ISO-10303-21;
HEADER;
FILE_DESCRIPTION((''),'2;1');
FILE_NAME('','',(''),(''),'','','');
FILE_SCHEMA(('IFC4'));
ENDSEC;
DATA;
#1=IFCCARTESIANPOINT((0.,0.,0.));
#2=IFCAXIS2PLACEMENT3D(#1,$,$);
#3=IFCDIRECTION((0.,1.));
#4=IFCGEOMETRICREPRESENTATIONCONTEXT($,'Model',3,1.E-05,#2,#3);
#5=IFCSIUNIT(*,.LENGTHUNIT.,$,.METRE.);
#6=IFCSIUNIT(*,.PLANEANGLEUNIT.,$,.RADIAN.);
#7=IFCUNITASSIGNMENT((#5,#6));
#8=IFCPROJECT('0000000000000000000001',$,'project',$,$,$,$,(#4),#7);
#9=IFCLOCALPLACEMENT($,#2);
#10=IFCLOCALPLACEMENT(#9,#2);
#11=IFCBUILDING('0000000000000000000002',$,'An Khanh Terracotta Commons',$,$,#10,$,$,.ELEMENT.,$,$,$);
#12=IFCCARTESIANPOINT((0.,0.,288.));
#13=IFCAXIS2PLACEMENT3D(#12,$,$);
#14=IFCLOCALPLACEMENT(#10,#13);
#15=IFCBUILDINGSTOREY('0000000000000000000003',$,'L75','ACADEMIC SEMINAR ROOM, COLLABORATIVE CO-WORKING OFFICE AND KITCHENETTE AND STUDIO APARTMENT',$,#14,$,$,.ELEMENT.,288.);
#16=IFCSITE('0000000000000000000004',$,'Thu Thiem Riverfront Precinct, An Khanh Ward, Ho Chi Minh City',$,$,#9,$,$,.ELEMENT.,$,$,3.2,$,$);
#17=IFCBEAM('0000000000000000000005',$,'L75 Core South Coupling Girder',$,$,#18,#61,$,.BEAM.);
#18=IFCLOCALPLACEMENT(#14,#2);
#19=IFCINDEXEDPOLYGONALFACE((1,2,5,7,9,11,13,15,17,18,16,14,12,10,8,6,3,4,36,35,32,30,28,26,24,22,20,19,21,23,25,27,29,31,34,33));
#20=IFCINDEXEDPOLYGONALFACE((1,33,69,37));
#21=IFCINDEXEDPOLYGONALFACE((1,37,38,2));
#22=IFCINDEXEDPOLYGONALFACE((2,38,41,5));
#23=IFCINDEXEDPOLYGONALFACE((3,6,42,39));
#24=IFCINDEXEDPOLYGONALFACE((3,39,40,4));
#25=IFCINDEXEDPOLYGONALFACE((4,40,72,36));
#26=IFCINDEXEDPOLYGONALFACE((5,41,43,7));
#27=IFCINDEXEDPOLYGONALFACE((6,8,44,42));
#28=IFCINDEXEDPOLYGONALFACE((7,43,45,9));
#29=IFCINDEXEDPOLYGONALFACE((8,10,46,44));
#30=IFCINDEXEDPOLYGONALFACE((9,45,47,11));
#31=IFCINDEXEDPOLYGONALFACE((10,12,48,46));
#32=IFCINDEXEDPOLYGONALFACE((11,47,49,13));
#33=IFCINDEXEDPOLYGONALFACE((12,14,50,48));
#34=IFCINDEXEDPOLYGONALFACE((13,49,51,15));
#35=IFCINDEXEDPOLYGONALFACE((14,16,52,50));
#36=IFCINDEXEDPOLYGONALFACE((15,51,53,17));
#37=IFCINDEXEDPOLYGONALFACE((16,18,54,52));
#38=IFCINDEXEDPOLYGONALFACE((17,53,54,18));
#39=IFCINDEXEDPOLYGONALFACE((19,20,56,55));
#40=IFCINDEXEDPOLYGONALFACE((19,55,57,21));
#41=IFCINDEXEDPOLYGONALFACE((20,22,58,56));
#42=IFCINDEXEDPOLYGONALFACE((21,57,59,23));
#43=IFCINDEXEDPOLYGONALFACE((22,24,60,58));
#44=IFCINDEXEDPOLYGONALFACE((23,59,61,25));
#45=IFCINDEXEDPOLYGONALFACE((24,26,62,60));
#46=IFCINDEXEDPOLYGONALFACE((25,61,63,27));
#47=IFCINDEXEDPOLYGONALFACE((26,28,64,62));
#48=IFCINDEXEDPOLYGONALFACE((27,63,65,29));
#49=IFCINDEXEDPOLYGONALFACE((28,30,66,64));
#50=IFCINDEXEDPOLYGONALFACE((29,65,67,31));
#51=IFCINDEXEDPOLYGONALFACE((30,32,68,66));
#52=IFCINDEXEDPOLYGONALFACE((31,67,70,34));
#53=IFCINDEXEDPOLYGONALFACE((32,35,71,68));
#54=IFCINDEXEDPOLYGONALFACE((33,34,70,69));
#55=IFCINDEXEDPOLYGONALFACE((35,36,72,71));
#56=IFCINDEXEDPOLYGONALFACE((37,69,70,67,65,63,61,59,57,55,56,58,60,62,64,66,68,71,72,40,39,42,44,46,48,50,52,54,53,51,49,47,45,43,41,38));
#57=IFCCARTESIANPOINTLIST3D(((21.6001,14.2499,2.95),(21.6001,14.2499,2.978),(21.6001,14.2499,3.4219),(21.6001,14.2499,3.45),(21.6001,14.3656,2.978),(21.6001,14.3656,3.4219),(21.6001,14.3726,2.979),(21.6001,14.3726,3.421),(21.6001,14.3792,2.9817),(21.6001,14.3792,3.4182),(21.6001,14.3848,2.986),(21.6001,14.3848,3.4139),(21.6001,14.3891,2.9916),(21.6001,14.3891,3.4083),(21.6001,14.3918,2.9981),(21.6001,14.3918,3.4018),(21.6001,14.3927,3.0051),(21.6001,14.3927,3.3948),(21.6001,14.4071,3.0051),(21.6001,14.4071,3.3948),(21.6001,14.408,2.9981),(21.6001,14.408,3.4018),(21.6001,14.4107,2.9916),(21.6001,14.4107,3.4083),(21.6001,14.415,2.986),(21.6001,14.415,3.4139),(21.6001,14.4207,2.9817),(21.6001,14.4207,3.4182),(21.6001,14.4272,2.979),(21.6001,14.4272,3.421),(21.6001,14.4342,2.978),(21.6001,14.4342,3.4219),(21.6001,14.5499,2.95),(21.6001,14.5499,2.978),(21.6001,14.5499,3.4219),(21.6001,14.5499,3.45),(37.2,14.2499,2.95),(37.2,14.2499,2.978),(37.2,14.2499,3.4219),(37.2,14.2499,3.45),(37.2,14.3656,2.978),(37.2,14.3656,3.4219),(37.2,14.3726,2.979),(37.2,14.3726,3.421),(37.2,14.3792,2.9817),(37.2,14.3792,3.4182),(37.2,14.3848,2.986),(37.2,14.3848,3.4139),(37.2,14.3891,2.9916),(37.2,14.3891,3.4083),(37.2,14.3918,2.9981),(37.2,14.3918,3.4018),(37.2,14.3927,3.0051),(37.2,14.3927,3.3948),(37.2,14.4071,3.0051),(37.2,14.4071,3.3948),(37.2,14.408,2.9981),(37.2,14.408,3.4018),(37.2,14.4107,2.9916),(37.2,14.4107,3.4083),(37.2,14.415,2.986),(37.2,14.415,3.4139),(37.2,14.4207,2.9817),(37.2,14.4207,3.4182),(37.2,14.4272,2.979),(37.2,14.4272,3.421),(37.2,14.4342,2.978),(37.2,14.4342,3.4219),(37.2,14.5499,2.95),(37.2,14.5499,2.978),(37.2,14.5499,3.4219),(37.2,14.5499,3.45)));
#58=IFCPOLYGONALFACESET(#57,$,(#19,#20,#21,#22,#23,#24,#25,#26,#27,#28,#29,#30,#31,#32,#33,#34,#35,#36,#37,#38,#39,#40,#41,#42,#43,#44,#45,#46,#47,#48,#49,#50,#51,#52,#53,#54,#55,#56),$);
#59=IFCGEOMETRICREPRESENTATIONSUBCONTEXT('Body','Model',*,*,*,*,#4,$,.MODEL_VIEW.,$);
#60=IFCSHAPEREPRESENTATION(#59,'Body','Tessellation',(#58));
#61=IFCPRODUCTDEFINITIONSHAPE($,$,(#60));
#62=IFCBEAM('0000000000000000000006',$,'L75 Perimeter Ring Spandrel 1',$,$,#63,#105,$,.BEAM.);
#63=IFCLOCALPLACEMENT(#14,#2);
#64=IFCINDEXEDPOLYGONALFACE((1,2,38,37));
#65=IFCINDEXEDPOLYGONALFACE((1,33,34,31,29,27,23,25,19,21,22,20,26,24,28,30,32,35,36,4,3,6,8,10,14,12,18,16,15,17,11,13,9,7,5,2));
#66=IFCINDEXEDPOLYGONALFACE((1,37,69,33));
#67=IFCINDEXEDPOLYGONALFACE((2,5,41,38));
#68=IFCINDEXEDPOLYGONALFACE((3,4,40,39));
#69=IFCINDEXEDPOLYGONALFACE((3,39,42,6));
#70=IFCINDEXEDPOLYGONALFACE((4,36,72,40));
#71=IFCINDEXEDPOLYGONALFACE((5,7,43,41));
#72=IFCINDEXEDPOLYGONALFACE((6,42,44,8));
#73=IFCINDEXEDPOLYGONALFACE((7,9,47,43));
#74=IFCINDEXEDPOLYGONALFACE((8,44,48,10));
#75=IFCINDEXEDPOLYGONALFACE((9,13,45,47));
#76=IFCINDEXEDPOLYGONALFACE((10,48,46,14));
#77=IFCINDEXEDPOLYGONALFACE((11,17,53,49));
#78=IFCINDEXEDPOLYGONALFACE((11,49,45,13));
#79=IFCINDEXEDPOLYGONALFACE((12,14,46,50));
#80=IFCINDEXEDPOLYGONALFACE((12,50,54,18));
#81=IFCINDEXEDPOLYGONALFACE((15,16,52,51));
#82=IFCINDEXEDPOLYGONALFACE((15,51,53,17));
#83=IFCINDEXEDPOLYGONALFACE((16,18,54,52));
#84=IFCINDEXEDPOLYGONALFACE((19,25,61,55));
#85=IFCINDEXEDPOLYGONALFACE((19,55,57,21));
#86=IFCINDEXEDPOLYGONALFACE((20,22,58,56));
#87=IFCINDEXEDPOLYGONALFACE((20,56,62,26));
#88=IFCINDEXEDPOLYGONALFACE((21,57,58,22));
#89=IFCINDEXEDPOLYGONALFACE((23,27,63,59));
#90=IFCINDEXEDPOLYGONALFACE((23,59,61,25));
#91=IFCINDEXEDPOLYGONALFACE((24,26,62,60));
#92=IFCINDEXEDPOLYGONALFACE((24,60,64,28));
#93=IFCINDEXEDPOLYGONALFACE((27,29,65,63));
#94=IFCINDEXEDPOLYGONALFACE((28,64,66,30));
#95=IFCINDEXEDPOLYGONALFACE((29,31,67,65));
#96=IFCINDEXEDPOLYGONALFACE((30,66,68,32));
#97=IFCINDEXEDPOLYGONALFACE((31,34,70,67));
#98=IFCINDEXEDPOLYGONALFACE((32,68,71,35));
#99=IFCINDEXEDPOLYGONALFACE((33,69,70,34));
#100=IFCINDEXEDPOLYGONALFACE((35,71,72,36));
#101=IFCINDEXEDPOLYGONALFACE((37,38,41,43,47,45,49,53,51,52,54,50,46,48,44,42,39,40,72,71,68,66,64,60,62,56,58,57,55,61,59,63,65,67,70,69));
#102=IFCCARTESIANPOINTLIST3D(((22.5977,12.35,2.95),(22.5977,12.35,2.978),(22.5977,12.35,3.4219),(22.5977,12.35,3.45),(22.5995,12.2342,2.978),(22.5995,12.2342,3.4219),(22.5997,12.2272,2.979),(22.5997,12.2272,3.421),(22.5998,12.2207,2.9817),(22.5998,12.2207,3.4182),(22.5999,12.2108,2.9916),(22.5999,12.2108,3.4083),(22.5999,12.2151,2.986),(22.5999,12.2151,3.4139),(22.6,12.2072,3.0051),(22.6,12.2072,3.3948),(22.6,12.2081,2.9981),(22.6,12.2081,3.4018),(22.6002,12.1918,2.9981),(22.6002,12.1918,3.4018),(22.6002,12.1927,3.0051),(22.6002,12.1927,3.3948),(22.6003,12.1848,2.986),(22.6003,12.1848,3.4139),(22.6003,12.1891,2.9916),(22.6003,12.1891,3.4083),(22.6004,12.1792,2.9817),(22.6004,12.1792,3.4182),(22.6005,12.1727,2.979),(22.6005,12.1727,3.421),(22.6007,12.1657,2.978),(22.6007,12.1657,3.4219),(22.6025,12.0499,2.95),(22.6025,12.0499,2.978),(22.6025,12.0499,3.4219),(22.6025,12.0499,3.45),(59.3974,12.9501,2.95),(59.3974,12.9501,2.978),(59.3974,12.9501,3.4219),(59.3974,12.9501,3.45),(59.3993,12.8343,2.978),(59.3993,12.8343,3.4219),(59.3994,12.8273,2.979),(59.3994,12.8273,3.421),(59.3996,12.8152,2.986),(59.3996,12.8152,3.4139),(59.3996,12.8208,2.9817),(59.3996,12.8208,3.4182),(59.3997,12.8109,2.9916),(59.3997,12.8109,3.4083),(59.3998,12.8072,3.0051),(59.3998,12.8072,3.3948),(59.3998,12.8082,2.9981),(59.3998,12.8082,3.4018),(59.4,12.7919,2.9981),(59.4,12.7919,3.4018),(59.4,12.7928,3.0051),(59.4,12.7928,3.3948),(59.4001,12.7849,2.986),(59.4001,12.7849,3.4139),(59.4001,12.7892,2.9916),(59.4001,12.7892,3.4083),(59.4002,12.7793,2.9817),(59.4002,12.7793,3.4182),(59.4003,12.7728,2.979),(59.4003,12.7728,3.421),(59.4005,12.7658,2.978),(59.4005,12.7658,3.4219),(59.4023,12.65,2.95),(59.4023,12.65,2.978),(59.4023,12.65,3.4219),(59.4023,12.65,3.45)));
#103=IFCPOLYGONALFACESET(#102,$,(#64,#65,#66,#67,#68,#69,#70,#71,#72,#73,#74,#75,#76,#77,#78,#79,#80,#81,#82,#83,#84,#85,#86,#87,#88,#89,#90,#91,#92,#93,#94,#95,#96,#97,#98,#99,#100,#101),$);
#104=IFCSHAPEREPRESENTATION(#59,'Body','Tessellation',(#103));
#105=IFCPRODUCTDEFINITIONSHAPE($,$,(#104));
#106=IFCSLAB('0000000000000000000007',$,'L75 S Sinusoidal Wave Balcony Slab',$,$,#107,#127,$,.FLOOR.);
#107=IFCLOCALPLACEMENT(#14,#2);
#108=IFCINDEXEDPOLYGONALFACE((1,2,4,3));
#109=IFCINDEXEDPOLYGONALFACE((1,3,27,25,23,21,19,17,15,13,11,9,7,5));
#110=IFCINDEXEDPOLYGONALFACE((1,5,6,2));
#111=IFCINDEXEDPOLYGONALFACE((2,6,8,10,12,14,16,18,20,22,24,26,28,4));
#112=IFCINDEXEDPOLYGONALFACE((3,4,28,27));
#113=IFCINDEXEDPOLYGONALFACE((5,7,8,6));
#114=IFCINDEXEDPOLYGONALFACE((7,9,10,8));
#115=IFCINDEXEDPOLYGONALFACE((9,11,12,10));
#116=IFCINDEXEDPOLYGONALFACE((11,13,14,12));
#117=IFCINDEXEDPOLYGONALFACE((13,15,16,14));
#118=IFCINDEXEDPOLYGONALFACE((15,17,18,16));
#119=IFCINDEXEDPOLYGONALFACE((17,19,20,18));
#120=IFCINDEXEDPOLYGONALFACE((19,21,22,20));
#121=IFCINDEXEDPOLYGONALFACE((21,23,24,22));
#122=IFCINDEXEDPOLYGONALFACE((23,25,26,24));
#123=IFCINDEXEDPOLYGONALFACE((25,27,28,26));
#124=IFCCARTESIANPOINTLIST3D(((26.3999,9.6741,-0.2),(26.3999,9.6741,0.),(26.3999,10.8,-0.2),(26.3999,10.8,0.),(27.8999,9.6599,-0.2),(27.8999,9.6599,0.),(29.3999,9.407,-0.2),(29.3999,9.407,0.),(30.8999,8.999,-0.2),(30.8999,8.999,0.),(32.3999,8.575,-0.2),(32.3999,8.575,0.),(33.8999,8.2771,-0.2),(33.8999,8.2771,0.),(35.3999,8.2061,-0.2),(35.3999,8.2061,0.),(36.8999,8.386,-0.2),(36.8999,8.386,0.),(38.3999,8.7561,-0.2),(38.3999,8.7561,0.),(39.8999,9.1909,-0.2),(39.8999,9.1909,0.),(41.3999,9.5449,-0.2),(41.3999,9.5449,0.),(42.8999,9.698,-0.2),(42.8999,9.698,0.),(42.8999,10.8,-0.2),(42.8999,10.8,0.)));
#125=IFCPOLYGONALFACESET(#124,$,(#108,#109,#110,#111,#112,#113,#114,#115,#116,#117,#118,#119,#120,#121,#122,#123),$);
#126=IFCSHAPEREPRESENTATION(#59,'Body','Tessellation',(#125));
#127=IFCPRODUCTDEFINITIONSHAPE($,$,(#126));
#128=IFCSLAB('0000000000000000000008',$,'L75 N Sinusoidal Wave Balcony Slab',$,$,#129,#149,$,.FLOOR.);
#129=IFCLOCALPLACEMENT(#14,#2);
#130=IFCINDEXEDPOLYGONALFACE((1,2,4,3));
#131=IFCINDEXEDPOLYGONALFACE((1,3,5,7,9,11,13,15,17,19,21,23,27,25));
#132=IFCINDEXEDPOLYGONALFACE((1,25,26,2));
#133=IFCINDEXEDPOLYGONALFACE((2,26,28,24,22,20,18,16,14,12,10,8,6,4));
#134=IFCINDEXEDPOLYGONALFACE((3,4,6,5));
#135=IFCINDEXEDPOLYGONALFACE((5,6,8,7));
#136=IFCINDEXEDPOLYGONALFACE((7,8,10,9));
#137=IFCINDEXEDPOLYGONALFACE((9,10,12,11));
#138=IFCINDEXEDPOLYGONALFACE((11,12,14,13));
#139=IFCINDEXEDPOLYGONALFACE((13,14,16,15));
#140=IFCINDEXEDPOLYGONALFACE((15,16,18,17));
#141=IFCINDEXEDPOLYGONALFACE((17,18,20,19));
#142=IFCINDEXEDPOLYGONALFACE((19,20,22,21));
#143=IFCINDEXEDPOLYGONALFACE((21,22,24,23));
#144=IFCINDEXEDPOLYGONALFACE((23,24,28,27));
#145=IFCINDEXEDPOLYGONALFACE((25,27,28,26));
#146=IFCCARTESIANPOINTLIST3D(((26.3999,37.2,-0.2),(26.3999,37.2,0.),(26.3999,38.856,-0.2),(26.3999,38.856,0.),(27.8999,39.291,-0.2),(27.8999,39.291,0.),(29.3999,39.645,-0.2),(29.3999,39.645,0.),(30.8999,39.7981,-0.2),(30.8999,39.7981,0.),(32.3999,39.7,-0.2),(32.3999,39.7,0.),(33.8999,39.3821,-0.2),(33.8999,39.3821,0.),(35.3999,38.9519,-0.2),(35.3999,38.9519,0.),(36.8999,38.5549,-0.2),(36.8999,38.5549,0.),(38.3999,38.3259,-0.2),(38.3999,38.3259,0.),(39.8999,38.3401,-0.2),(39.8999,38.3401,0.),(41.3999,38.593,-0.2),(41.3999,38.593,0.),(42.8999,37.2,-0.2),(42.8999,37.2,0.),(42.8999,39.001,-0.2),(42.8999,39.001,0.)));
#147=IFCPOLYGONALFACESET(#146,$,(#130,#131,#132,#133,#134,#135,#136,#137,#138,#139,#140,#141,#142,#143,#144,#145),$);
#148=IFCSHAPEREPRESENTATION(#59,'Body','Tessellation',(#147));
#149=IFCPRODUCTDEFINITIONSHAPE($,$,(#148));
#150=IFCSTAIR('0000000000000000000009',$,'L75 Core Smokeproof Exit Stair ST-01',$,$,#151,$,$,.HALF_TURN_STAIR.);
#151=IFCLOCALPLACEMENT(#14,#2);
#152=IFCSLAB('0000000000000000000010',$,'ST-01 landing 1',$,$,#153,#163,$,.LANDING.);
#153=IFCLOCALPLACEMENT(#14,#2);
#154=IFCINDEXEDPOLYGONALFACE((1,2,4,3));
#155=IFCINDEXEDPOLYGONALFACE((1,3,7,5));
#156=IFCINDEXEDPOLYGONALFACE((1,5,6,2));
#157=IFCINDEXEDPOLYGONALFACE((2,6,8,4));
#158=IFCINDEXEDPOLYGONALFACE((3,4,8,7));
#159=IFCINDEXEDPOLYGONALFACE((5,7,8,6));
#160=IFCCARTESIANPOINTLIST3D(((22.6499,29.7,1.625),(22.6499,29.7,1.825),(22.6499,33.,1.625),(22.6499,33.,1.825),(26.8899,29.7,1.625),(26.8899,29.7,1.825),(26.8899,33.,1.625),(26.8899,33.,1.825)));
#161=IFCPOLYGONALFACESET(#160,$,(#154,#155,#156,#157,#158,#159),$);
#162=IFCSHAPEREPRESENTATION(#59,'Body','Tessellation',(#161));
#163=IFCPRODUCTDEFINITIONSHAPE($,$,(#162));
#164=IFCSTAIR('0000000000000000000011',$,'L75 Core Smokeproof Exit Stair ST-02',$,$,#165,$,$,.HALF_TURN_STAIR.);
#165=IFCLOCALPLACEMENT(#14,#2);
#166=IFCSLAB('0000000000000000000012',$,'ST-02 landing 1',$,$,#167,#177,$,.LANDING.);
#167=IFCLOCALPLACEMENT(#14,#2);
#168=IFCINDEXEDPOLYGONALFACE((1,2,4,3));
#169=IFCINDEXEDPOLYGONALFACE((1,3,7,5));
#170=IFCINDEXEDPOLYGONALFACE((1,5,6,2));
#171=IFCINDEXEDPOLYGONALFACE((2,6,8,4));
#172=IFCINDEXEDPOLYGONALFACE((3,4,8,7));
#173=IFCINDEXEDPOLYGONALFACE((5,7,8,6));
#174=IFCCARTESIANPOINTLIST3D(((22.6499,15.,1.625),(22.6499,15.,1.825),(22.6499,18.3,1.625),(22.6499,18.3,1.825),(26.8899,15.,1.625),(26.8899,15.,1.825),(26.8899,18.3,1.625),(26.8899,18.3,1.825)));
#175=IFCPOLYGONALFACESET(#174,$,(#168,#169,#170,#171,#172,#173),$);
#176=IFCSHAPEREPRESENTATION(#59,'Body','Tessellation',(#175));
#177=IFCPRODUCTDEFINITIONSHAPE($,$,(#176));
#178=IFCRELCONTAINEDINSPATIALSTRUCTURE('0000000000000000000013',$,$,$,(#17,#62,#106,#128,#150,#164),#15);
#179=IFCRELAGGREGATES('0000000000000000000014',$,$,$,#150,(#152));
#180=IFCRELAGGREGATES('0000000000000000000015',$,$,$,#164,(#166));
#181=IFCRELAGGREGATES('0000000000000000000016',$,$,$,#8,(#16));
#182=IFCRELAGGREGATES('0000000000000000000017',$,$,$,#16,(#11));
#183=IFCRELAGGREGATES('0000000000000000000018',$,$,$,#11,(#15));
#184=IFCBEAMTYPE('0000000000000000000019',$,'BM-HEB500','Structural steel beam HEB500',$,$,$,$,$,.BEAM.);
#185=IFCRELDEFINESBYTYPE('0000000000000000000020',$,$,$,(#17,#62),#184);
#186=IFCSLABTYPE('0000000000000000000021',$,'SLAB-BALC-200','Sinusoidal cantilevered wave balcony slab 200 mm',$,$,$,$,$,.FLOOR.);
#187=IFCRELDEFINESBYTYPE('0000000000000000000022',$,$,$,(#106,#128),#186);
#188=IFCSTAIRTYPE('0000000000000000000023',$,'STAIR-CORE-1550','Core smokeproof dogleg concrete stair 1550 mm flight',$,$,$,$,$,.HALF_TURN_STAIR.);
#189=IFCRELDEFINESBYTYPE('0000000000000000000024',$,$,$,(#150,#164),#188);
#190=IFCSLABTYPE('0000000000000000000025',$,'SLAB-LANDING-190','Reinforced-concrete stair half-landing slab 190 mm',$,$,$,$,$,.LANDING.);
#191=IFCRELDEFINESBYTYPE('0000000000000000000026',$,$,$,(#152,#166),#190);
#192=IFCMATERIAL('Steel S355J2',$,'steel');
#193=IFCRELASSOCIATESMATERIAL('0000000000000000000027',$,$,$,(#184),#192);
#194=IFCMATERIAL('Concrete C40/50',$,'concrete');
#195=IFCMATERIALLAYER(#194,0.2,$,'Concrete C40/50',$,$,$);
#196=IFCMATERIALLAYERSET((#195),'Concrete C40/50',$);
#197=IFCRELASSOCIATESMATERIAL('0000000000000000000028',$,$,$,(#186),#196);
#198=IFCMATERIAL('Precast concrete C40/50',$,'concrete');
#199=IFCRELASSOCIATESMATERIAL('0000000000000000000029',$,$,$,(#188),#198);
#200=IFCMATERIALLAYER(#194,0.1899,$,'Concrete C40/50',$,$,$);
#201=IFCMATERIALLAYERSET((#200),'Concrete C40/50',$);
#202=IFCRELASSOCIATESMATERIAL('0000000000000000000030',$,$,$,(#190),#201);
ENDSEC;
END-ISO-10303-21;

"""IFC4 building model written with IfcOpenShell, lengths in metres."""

from ifc_helpers import new_model, si_unit, direction, frame, origin, origin_2d, place, context, subcontext, project, spatial, polyline, i_section, outline, extrude, material, layer, layer_set, material_profile, profile_set, type_object, element, aggregate, save


model = new_model("IFC4")

# Units and contexts
model_context = context("Model", 3, precision=1e-05, world=origin(), true_north=direction((0.0, 1.0)))
body_context = subcontext(model_context, "Body", "Model", "MODEL_VIEW")
ifc_project = project(units=[si_unit("LENGTHUNIT", "METRE"), si_unit("PLANEANGLEUNIT", "RADIAN")], contexts=[model_context])

# Site, building, storey
site_placement = place(None, origin())
site = spatial("IfcSite", under=ifc_project, at=site_placement, Name="Thu Thiem Riverfront Precinct, An Khanh Ward, Ho Chi Minh City", CompositionType="ELEMENT", RefElevation=3.2)
building_placement = place(site_placement, origin())
building = spatial("IfcBuilding", under=site, at=building_placement, Name="An Khanh Terracotta Commons", CompositionType="ELEMENT")
storey_placement = place(building_placement, frame((0.0, 0.0, 288.0)))
storey = spatial("IfcBuildingStorey", under=building, at=storey_placement, Name="L75", Description="ACADEMIC SEMINAR ROOM, COLLABORATIVE CO-WORKING OFFICE AND KITCHENETTE AND STUDIO APARTMENT", CompositionType="ELEMENT", Elevation=288.0)

# Beams
ifc_material_1 = material(Name="Steel S355J2", Category="steel")
ifc_material_profile_1 = material_profile(ifc_material_1, i_section(OverallWidth=0.3, OverallDepth=0.5, WebThickness=0.0144, FlangeThickness=0.0281, FilletRadius=0.0271, at=origin_2d()), Name="HEB500")
ifc_profile_set_1 = profile_set([ifc_material_profile_1], Name="Steel S355J2")
beam_type_1 = type_object("IfcBeamType", Name="BM-HEB500", Description="Structural steel beam HEB500", PredefinedType="BEAM", material=ifc_profile_set_1)
beam_1_placement = place(storey_placement, frame((21.6001, 14.3999, 3.2), z_axis=(1.0, 0.0, 0.0), x_axis=(0.0, 1.0, 0.0)))
element("IfcBeam", 1, at=beam_1_placement, inside=storey, type_object=beam_type_1, Name="L75 Core South Coupling Girder", PredefinedType="BEAM", context=body_context, shape_type="SweptSolid", body=[
    extrude(i_section(OverallWidth=0.3, OverallDepth=0.5, WebThickness=0.0144, FlangeThickness=0.0281, FilletRadius=0.0271, at=origin_2d()), origin(), (0.0, 0.0, 1.0), 15.5999),
])
beam_2_placement = place(storey_placement, frame((22.6001, 12.2, 3.2), z_axis=(0.999867, 0.016305, 0.0), x_axis=(-0.016305, 0.999867, 0.0)))
element("IfcBeam", 2, at=beam_2_placement, inside=storey, type_object=beam_type_1, Name="L75 Perimeter Ring Spandrel 1", PredefinedType="BEAM", context=body_context, shape_type="SweptSolid", body=[
    extrude(i_section(OverallWidth=0.3, OverallDepth=0.5, WebThickness=0.0144, FlangeThickness=0.0281, FilletRadius=0.0271, at=origin_2d()), origin(), (0.0, 0.0, 1.0), 36.8047),
])

# Slabs
ifc_material_2 = material(Name="Concrete C40/50", Category="concrete")
ifc_layer_1 = layer(ifc_material_2, 0.2, Name="Concrete C40/50")
ifc_layer_set_1 = layer_set([ifc_layer_1], Name="Concrete C40/50")
slab_type_1 = type_object("IfcSlabType", Name="SLAB-BALC-200", Description="Sinusoidal cantilevered wave balcony slab 200 mm", PredefinedType="FLOOR", material=ifc_layer_set_1)
slab_1_placement = place(storey_placement, frame((0.0, 0.0, -0.2)))
element("IfcSlab", 3, at=slab_1_placement, inside=storey, type_object=slab_type_1, Name="L75 S Sinusoidal Wave Balcony Slab", PredefinedType="FLOOR", context=body_context, shape_type="SweptSolid", body=[
    extrude(outline(polyline([(26.3999, 10.8), (26.3999, 9.6741), (27.8999, 9.6599), (29.3999, 9.407), (30.8999, 8.999), (32.3999, 8.575), (33.8999, 8.2771), (35.3999, 8.2061), (36.8999, 8.386), (38.3999, 8.7561), (39.8999, 9.1909), (41.3999, 9.5449), (42.8999, 9.698), (42.8999, 10.8), (26.3999, 10.8)])), origin(), (0.0, 0.0, 1.0), 0.2),
])
slab_2_placement = place(storey_placement, frame((0.0, 0.0, -0.2)))
element("IfcSlab", 4, at=slab_2_placement, inside=storey, type_object=slab_type_1, Name="L75 N Sinusoidal Wave Balcony Slab", PredefinedType="FLOOR", context=body_context, shape_type="SweptSolid", body=[
    extrude(outline(polyline([(42.8999, 37.2), (42.8999, 39.001), (41.3999, 38.593), (39.8999, 38.3401), (38.3999, 38.3259), (36.8999, 38.5549), (35.3999, 38.9519), (33.8999, 39.3821), (32.3999, 39.7), (30.8999, 39.7981), (29.3999, 39.645), (27.8999, 39.291), (26.3999, 38.856), (26.3999, 37.2), (42.8999, 37.2)])), origin(), (0.0, 0.0, 1.0), 0.2),
])

# Stairs, slabs
ifc_material_3 = material(Name="Precast concrete C40/50", Category="concrete")
stair_type = type_object("IfcStairType", Name="STAIR-CORE-1550", Description="Core smokeproof dogleg concrete stair 1550 mm flight", PredefinedType="HALF_TURN_STAIR", material=ifc_material_3)
stair_1_placement = place(storey_placement, origin())
stair_1 = element("IfcStair", 5, at=stair_1_placement, inside=storey, type_object=stair_type, Name="L75 Core Smokeproof Exit Stair ST-01", PredefinedType="HALF_TURN_STAIR")
ifc_layer_2 = layer(ifc_material_2, 0.1899, Name="Concrete C40/50")
ifc_layer_set_2 = layer_set([ifc_layer_2], Name="Concrete C40/50")
slab_type_2 = type_object("IfcSlabType", Name="SLAB-LANDING-190", Description="Reinforced-concrete stair half-landing slab 190 mm", PredefinedType="LANDING", material=ifc_layer_set_2)
slab_3_placement = place(storey_placement, frame((0.0, 0.0, 1.625)))
slab_3 = element("IfcSlab", 6, at=slab_3_placement, type_object=slab_type_2, Name="ST-01 landing 1", PredefinedType="LANDING", context=body_context, shape_type="SweptSolid", body=[
    extrude(outline(polyline([(26.8899, 33.0), (22.6499, 33.0), (22.6499, 29.7), (26.8899, 29.7), (26.8899, 33.0)])), origin(), (0.0, 0.0, 1.0), 0.2),
])
aggregate(stair_1, [slab_3])
stair_2_placement = place(storey_placement, origin())
stair_2 = element("IfcStair", 7, at=stair_2_placement, inside=storey, type_object=stair_type, Name="L75 Core Smokeproof Exit Stair ST-02", PredefinedType="HALF_TURN_STAIR")
slab_4_placement = place(storey_placement, frame((0.0, 0.0, 1.625)))
slab_4 = element("IfcSlab", 8, at=slab_4_placement, type_object=slab_type_2, Name="ST-02 landing 1", PredefinedType="LANDING", context=body_context, shape_type="SweptSolid", body=[
    extrude(outline(polyline([(26.8899, 18.3), (22.6499, 18.3), (22.6499, 15.0), (26.8899, 15.0), (26.8899, 18.3)])), origin(), (0.0, 0.0, 1.0), 0.2),
])

aggregate(stair_2, [slab_4])

save(model, "model.ifc")
